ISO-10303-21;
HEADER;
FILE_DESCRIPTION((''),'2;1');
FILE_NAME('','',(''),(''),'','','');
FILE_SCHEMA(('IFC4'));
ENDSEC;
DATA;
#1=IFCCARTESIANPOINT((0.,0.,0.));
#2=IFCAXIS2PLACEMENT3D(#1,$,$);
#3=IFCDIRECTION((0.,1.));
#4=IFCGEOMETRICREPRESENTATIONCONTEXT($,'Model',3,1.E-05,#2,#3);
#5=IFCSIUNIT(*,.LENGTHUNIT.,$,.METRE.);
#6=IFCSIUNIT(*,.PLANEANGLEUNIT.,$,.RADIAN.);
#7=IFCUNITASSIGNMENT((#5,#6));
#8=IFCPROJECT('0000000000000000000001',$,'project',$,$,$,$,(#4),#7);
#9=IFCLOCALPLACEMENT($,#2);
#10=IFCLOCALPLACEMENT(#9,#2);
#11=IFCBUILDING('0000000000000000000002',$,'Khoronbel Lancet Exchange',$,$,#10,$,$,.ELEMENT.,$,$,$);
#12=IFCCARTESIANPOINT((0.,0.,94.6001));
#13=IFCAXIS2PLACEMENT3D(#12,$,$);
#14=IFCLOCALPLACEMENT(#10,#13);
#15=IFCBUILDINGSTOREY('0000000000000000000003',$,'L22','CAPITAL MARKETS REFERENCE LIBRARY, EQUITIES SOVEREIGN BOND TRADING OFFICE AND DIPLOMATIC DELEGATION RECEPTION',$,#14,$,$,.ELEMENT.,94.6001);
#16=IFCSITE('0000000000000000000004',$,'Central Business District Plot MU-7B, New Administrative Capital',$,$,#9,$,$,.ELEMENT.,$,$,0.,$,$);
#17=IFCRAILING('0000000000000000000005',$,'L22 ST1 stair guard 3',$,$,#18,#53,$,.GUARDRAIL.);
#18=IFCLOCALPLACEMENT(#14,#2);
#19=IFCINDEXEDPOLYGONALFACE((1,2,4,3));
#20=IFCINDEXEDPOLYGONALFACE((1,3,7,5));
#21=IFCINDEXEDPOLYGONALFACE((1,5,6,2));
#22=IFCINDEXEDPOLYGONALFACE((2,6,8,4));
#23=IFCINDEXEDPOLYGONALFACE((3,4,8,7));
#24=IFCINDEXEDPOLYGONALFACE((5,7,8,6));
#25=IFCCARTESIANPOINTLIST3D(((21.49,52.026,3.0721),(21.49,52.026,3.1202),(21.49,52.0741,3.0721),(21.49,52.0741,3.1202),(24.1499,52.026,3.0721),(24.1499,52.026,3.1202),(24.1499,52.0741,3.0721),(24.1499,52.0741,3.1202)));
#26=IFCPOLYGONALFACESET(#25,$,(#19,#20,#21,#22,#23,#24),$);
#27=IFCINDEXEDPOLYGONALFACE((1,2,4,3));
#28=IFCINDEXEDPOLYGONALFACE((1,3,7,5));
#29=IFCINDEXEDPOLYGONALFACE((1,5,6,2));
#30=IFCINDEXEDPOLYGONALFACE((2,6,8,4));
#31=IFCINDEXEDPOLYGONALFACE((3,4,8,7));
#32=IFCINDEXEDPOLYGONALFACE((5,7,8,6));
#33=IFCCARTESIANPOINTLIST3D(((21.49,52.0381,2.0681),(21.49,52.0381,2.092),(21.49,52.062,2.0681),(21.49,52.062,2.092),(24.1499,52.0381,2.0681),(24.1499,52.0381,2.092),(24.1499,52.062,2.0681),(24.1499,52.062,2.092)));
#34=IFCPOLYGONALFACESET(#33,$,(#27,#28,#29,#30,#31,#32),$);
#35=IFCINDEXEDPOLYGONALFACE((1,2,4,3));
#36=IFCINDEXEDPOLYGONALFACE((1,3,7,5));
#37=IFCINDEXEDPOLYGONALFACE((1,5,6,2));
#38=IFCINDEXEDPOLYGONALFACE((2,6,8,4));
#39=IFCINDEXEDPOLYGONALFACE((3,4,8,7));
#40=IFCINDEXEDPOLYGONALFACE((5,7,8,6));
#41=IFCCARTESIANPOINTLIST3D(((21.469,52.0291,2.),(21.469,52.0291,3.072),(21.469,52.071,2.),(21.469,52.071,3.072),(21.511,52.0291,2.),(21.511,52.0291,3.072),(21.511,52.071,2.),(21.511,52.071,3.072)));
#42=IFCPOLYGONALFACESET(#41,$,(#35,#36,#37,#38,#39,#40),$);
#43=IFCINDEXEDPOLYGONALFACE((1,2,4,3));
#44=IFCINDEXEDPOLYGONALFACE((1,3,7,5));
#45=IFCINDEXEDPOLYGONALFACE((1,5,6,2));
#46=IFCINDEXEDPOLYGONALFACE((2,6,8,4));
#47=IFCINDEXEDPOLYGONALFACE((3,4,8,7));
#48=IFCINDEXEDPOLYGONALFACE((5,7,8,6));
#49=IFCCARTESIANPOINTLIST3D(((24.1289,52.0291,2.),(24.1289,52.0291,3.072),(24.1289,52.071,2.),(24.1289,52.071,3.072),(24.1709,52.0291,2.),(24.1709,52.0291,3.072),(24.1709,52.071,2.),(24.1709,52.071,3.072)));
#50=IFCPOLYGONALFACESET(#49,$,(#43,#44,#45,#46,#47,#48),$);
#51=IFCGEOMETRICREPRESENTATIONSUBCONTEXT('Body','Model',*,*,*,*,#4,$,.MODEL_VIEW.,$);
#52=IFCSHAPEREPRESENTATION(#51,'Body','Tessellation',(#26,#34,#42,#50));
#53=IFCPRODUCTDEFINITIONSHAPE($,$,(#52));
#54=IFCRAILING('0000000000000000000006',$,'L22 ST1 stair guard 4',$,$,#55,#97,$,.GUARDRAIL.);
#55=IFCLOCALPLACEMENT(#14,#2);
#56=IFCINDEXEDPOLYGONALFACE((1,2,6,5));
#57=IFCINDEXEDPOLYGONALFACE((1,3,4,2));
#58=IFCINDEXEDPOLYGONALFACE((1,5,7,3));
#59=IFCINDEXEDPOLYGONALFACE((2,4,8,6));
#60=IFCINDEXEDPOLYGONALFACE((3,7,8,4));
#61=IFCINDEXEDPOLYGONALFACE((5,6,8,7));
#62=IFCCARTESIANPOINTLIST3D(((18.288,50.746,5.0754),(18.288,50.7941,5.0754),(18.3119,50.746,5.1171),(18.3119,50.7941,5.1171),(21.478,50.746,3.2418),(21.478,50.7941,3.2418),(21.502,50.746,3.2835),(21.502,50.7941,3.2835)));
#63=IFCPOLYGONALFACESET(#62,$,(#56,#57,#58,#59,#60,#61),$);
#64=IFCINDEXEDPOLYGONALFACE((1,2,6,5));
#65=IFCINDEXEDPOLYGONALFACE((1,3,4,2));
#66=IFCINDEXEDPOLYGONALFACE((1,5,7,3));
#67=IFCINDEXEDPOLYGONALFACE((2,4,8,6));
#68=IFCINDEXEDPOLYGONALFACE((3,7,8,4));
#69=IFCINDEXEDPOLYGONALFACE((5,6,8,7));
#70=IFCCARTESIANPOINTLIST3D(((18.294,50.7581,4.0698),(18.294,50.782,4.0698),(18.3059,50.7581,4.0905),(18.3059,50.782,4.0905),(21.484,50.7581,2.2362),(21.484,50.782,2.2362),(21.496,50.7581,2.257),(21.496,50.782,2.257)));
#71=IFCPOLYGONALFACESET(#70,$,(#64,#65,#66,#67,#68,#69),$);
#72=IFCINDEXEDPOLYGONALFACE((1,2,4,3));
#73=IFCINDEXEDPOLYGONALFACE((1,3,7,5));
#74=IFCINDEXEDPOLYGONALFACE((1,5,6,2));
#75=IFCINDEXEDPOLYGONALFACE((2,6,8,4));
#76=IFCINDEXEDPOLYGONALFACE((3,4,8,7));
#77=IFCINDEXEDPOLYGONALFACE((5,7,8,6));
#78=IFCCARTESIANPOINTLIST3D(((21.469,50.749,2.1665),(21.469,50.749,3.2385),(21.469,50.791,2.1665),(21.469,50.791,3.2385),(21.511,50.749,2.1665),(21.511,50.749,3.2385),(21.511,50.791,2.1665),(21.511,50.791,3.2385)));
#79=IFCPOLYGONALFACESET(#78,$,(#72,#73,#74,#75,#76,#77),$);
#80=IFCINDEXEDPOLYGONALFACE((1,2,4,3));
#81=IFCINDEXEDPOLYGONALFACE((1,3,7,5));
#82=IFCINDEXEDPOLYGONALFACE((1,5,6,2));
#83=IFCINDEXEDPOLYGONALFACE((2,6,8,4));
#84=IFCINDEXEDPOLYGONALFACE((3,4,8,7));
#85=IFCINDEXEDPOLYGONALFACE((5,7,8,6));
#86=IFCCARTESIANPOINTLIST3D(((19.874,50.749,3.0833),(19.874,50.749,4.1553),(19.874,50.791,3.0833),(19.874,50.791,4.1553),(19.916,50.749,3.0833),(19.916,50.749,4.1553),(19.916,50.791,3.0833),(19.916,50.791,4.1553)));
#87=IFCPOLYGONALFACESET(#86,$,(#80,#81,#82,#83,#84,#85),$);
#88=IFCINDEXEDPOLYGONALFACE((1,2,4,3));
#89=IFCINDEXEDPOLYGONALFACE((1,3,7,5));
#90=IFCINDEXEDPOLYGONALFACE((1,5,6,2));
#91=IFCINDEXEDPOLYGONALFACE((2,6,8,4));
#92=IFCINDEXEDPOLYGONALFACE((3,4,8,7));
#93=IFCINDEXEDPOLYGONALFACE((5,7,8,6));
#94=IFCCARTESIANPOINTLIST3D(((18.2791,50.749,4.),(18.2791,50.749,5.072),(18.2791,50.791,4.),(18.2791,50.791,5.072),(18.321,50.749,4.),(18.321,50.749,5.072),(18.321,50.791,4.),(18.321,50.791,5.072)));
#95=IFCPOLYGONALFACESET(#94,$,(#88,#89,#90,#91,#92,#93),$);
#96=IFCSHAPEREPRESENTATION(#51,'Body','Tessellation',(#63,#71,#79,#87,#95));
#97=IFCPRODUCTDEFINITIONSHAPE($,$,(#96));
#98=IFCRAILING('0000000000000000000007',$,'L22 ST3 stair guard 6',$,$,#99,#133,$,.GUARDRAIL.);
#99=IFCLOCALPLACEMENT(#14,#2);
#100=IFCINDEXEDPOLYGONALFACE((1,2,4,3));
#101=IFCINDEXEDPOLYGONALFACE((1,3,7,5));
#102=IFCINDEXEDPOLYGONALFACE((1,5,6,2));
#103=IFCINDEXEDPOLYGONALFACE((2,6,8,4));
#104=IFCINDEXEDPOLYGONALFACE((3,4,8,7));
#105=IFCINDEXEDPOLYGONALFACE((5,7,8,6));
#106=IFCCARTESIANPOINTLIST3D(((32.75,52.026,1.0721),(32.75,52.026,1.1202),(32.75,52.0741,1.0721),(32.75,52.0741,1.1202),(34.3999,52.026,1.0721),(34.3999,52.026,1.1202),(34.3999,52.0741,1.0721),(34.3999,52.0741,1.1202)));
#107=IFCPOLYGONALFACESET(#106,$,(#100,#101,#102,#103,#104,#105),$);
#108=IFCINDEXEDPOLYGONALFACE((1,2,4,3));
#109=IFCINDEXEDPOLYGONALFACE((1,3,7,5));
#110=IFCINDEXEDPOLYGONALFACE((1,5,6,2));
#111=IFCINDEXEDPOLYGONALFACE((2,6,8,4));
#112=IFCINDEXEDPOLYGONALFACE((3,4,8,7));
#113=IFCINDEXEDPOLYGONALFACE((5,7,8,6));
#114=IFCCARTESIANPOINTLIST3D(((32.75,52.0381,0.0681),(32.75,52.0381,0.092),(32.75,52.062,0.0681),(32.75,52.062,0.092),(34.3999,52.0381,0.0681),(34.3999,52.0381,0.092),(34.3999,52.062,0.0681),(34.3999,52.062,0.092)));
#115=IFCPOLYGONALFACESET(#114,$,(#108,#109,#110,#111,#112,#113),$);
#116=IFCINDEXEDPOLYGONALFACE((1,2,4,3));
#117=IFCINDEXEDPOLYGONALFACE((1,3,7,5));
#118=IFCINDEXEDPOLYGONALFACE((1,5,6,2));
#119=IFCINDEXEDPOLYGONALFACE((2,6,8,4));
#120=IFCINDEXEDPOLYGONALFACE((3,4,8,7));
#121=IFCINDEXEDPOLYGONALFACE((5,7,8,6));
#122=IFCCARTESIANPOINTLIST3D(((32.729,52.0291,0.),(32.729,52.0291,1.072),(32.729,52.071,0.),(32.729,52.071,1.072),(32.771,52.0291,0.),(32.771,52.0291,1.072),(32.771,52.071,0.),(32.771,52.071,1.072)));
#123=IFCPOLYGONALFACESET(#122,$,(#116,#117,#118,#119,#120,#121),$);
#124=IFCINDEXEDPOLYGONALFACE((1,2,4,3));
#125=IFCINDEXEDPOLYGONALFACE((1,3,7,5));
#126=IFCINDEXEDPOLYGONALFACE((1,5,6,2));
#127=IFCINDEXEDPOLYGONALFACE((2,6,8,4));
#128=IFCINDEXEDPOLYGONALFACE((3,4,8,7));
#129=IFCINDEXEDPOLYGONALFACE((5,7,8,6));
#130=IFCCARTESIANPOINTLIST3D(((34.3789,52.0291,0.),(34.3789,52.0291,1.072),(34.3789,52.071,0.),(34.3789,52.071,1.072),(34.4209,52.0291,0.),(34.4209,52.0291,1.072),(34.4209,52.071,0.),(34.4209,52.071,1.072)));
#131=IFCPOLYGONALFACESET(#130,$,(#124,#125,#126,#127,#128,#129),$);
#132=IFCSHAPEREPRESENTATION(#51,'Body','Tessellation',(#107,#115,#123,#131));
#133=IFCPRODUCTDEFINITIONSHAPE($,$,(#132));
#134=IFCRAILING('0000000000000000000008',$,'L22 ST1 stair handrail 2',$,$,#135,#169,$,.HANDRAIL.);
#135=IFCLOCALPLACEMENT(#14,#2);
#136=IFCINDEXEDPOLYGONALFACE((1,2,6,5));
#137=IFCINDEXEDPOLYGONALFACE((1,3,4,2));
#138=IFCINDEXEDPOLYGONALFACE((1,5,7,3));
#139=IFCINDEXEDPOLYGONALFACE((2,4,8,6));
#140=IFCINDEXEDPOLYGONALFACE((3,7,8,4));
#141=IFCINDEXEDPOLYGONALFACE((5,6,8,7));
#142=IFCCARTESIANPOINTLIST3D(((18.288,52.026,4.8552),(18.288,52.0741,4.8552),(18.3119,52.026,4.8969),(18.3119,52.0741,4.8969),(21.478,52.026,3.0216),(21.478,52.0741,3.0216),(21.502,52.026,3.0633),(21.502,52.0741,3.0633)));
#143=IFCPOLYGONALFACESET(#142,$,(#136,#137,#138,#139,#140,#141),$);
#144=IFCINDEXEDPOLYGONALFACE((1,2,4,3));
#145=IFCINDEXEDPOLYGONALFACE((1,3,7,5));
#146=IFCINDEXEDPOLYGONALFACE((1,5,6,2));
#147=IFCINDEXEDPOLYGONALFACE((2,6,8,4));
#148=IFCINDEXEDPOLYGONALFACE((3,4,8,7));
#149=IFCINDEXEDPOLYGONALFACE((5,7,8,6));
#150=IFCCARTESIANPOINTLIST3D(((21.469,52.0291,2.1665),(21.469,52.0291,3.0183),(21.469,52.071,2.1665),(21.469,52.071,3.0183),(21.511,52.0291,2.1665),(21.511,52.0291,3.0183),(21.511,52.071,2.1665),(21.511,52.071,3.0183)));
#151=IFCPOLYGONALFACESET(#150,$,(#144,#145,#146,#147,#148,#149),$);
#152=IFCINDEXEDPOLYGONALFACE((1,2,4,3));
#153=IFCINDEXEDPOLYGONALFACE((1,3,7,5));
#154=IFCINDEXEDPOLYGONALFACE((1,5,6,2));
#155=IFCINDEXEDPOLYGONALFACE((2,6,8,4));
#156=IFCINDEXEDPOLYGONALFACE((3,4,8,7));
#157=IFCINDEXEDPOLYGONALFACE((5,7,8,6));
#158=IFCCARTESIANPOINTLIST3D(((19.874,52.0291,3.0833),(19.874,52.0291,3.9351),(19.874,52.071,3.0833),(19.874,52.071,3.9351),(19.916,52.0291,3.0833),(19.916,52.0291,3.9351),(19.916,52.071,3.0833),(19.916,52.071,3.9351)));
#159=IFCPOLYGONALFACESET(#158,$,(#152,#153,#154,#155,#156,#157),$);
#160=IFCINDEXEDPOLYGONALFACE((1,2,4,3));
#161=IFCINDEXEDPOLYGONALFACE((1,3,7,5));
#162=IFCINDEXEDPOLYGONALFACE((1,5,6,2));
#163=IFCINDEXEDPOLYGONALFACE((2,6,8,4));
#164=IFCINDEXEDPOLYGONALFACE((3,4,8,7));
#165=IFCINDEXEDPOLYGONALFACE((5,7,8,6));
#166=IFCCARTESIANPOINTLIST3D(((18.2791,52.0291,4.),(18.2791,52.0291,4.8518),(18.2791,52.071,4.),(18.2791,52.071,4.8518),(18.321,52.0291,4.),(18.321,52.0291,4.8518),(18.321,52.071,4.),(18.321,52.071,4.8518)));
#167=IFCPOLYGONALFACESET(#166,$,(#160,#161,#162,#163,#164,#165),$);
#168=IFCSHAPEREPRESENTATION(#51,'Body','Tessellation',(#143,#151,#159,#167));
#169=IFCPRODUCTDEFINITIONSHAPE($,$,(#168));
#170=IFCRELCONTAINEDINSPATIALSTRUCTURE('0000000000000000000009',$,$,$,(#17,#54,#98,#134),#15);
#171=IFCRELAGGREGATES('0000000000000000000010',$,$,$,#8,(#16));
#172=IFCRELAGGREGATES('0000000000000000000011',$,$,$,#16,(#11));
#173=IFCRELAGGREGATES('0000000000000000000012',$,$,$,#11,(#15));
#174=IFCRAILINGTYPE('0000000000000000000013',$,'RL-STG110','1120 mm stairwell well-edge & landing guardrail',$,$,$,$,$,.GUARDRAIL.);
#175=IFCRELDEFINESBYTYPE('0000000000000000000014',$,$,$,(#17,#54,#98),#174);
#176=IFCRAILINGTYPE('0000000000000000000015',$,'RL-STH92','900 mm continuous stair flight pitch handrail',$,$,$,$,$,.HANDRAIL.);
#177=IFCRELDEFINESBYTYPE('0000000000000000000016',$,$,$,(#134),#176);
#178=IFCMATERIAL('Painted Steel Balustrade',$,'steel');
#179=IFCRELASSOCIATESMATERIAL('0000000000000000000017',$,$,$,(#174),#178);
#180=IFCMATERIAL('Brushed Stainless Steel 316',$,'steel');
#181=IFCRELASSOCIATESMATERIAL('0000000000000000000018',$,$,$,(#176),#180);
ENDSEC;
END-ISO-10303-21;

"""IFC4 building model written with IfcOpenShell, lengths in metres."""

from ifc_helpers import new_model, si_unit, direction, frame, origin, origin_2d, place, context, subcontext, project, spatial, rectangle, extrude, material, type_object, element, save


model = new_model("IFC4")

# Units and contexts
model_context = context("Model", 3, precision=1e-05, world=origin(), true_north=direction((0.0, 1.0)))
body_context = subcontext(model_context, "Body", "Model", "MODEL_VIEW")
ifc_project = project(units=[si_unit("LENGTHUNIT", "METRE"), si_unit("PLANEANGLEUNIT", "RADIAN")], contexts=[model_context])

# Site, building, storey
site_placement = place(None, origin())
site = spatial("IfcSite", under=ifc_project, at=site_placement, Name="Central Business District Plot MU-7B, New Administrative Capital", CompositionType="ELEMENT", RefElevation=0.0)
building_placement = place(site_placement, origin())
building = spatial("IfcBuilding", under=site, at=building_placement, Name="Khoronbel Lancet Exchange", CompositionType="ELEMENT")
storey_placement = place(building_placement, frame((0.0, 0.0, 94.6001)))
storey = spatial("IfcBuildingStorey", under=building, at=storey_placement, Name="L22", Description="CAPITAL MARKETS REFERENCE LIBRARY, EQUITIES SOVEREIGN BOND TRADING OFFICE AND DIPLOMATIC DELEGATION RECEPTION", CompositionType="ELEMENT", Elevation=94.6001)

# Railings
ifc_material_1 = material(Name="Painted Steel Balustrade", Category="steel")
railing_type_1 = type_object("IfcRailingType", Name="RL-STG110", Description="1120 mm stairwell well-edge & landing guardrail", PredefinedType="GUARDRAIL", material=ifc_material_1)
railing_1_placement = place(storey_placement, frame((21.49, 52.05, 2.0)))
element("IfcRailing", 1, at=railing_1_placement, inside=storey, type_object=railing_type_1, Name="L22 ST1 stair guard 3", PredefinedType="GUARDRAIL", context=body_context, shape_type="SweptSolid", body=[
    extrude(rectangle(XDim=0.0481, YDim=0.0481, at=origin_2d()), frame((0.0, 0.0, 1.0962), z_axis=(1.0, 0.0, 0.0), x_axis=(0.0, 1.0, 0.0)), (0.0, 0.0, 1.0), 2.6599),
    extrude(rectangle(XDim=0.0239, YDim=0.0239, at=origin_2d()), frame((0.0, 0.0, 0.0801), z_axis=(1.0, 0.0, 0.0), x_axis=(0.0, 1.0, 0.0)), (0.0, 0.0, 1.0), 2.6599),
    extrude(rectangle(XDim=0.042, YDim=0.042, at=origin_2d()), origin(), (0.0, 0.0, 1.0), 1.072),
    extrude(rectangle(XDim=0.042, YDim=0.042, at=origin_2d()), frame((2.6599, 0.0, 0.0)), (0.0, 0.0, 1.0), 1.072),
])
railing_2_placement = place(storey_placement, frame((21.49, 50.77, 2.1665)))
element("IfcRailing", 2, at=railing_2_placement, inside=storey, type_object=railing_type_1, Name="L22 ST1 stair guard 4", PredefinedType="GUARDRAIL", context=body_context, shape_type="SweptSolid", body=[
    extrude(rectangle(XDim=0.0481, YDim=0.0481, at=origin_2d()), frame((0.0, 0.0, 1.0962), z_axis=(-0.866991, 0.0, 0.498324), x_axis=(0.0, -1.0, 0.0)), (0.0, 0.0, 1.0), 3.6794),
    extrude(rectangle(XDim=0.0239, YDim=0.0239, at=origin_2d()), frame((0.0, 0.0, 0.0801), z_axis=(-0.866991, 0.0, 0.498324), x_axis=(0.0, -1.0, 0.0)), (0.0, 0.0, 1.0), 3.6794),
    extrude(rectangle(XDim=0.042, YDim=0.042, at=origin_2d()), origin(), (0.0, 0.0, 1.0), 1.072),
    extrude(rectangle(XDim=0.042, YDim=0.042, at=origin_2d()), frame((-1.595, 0.0, 0.9167)), (0.0, 0.0, 1.0), 1.072),
    extrude(rectangle(XDim=0.042, YDim=0.042, at=origin_2d()), frame((-3.1899, 0.0, 1.8335)), (0.0, 0.0, 1.0), 1.072),
])
railing_3_placement = place(storey_placement, frame((32.75, 52.05, 0.0)))
element("IfcRailing", 3, at=railing_3_placement, inside=storey, type_object=railing_type_1, Name="L22 ST3 stair guard 6", PredefinedType="GUARDRAIL", context=body_context, shape_type="SweptSolid", body=[
    extrude(rectangle(XDim=0.0481, YDim=0.0481, at=origin_2d()), frame((0.0, 0.0, 1.0962), z_axis=(1.0, 0.0, 0.0), x_axis=(0.0, 1.0, 0.0)), (0.0, 0.0, 1.0), 1.6499),
    extrude(rectangle(XDim=0.0239, YDim=0.0239, at=origin_2d()), frame((0.0, 0.0, 0.0801), z_axis=(1.0, 0.0, 0.0), x_axis=(0.0, 1.0, 0.0)), (0.0, 0.0, 1.0), 1.6499),
    extrude(rectangle(XDim=0.042, YDim=0.042, at=origin_2d()), origin(), (0.0, 0.0, 1.0), 1.072),
    extrude(rectangle(XDim=0.042, YDim=0.042, at=origin_2d()), frame((1.6499, 0.0, 0.0)), (0.0, 0.0, 1.0), 1.072),
])
ifc_material_2 = material(Name="Brushed Stainless Steel 316", Category="steel")
railing_type_2 = type_object("IfcRailingType", Name="RL-STH92", Description="900 mm continuous stair flight pitch handrail", PredefinedType="HANDRAIL", material=ifc_material_2)
railing_4_placement = place(storey_placement, frame((21.49, 52.05, 2.1665)))
element("IfcRailing", 4, at=railing_4_placement, inside=storey, type_object=railing_type_2, Name="L22 ST1 stair handrail 2", PredefinedType="HANDRAIL", context=body_context, shape_type="SweptSolid", body=[
    extrude(rectangle(XDim=0.0481, YDim=0.0481, at=origin_2d()), frame((0.0, 0.0, 0.876), z_axis=(-0.866991, 0.0, 0.498324), x_axis=(0.0, -1.0, 0.0)), (0.0, 0.0, 1.0), 3.6794),
    extrude(rectangle(XDim=0.042, YDim=0.042, at=origin_2d()), origin(), (0.0, 0.0, 1.0), 0.8518),
    extrude(rectangle(XDim=0.042, YDim=0.042, at=origin_2d()), frame((-1.595, 0.0, 0.9167)), (0.0, 0.0, 1.0), 0.8518),
    extrude(rectangle(XDim=0.042, YDim=0.042, at=origin_2d()), frame((-3.1899, 0.0, 1.8335)), (0.0, 0.0, 1.0), 0.8518),
])

save(model, "model.ifc")
